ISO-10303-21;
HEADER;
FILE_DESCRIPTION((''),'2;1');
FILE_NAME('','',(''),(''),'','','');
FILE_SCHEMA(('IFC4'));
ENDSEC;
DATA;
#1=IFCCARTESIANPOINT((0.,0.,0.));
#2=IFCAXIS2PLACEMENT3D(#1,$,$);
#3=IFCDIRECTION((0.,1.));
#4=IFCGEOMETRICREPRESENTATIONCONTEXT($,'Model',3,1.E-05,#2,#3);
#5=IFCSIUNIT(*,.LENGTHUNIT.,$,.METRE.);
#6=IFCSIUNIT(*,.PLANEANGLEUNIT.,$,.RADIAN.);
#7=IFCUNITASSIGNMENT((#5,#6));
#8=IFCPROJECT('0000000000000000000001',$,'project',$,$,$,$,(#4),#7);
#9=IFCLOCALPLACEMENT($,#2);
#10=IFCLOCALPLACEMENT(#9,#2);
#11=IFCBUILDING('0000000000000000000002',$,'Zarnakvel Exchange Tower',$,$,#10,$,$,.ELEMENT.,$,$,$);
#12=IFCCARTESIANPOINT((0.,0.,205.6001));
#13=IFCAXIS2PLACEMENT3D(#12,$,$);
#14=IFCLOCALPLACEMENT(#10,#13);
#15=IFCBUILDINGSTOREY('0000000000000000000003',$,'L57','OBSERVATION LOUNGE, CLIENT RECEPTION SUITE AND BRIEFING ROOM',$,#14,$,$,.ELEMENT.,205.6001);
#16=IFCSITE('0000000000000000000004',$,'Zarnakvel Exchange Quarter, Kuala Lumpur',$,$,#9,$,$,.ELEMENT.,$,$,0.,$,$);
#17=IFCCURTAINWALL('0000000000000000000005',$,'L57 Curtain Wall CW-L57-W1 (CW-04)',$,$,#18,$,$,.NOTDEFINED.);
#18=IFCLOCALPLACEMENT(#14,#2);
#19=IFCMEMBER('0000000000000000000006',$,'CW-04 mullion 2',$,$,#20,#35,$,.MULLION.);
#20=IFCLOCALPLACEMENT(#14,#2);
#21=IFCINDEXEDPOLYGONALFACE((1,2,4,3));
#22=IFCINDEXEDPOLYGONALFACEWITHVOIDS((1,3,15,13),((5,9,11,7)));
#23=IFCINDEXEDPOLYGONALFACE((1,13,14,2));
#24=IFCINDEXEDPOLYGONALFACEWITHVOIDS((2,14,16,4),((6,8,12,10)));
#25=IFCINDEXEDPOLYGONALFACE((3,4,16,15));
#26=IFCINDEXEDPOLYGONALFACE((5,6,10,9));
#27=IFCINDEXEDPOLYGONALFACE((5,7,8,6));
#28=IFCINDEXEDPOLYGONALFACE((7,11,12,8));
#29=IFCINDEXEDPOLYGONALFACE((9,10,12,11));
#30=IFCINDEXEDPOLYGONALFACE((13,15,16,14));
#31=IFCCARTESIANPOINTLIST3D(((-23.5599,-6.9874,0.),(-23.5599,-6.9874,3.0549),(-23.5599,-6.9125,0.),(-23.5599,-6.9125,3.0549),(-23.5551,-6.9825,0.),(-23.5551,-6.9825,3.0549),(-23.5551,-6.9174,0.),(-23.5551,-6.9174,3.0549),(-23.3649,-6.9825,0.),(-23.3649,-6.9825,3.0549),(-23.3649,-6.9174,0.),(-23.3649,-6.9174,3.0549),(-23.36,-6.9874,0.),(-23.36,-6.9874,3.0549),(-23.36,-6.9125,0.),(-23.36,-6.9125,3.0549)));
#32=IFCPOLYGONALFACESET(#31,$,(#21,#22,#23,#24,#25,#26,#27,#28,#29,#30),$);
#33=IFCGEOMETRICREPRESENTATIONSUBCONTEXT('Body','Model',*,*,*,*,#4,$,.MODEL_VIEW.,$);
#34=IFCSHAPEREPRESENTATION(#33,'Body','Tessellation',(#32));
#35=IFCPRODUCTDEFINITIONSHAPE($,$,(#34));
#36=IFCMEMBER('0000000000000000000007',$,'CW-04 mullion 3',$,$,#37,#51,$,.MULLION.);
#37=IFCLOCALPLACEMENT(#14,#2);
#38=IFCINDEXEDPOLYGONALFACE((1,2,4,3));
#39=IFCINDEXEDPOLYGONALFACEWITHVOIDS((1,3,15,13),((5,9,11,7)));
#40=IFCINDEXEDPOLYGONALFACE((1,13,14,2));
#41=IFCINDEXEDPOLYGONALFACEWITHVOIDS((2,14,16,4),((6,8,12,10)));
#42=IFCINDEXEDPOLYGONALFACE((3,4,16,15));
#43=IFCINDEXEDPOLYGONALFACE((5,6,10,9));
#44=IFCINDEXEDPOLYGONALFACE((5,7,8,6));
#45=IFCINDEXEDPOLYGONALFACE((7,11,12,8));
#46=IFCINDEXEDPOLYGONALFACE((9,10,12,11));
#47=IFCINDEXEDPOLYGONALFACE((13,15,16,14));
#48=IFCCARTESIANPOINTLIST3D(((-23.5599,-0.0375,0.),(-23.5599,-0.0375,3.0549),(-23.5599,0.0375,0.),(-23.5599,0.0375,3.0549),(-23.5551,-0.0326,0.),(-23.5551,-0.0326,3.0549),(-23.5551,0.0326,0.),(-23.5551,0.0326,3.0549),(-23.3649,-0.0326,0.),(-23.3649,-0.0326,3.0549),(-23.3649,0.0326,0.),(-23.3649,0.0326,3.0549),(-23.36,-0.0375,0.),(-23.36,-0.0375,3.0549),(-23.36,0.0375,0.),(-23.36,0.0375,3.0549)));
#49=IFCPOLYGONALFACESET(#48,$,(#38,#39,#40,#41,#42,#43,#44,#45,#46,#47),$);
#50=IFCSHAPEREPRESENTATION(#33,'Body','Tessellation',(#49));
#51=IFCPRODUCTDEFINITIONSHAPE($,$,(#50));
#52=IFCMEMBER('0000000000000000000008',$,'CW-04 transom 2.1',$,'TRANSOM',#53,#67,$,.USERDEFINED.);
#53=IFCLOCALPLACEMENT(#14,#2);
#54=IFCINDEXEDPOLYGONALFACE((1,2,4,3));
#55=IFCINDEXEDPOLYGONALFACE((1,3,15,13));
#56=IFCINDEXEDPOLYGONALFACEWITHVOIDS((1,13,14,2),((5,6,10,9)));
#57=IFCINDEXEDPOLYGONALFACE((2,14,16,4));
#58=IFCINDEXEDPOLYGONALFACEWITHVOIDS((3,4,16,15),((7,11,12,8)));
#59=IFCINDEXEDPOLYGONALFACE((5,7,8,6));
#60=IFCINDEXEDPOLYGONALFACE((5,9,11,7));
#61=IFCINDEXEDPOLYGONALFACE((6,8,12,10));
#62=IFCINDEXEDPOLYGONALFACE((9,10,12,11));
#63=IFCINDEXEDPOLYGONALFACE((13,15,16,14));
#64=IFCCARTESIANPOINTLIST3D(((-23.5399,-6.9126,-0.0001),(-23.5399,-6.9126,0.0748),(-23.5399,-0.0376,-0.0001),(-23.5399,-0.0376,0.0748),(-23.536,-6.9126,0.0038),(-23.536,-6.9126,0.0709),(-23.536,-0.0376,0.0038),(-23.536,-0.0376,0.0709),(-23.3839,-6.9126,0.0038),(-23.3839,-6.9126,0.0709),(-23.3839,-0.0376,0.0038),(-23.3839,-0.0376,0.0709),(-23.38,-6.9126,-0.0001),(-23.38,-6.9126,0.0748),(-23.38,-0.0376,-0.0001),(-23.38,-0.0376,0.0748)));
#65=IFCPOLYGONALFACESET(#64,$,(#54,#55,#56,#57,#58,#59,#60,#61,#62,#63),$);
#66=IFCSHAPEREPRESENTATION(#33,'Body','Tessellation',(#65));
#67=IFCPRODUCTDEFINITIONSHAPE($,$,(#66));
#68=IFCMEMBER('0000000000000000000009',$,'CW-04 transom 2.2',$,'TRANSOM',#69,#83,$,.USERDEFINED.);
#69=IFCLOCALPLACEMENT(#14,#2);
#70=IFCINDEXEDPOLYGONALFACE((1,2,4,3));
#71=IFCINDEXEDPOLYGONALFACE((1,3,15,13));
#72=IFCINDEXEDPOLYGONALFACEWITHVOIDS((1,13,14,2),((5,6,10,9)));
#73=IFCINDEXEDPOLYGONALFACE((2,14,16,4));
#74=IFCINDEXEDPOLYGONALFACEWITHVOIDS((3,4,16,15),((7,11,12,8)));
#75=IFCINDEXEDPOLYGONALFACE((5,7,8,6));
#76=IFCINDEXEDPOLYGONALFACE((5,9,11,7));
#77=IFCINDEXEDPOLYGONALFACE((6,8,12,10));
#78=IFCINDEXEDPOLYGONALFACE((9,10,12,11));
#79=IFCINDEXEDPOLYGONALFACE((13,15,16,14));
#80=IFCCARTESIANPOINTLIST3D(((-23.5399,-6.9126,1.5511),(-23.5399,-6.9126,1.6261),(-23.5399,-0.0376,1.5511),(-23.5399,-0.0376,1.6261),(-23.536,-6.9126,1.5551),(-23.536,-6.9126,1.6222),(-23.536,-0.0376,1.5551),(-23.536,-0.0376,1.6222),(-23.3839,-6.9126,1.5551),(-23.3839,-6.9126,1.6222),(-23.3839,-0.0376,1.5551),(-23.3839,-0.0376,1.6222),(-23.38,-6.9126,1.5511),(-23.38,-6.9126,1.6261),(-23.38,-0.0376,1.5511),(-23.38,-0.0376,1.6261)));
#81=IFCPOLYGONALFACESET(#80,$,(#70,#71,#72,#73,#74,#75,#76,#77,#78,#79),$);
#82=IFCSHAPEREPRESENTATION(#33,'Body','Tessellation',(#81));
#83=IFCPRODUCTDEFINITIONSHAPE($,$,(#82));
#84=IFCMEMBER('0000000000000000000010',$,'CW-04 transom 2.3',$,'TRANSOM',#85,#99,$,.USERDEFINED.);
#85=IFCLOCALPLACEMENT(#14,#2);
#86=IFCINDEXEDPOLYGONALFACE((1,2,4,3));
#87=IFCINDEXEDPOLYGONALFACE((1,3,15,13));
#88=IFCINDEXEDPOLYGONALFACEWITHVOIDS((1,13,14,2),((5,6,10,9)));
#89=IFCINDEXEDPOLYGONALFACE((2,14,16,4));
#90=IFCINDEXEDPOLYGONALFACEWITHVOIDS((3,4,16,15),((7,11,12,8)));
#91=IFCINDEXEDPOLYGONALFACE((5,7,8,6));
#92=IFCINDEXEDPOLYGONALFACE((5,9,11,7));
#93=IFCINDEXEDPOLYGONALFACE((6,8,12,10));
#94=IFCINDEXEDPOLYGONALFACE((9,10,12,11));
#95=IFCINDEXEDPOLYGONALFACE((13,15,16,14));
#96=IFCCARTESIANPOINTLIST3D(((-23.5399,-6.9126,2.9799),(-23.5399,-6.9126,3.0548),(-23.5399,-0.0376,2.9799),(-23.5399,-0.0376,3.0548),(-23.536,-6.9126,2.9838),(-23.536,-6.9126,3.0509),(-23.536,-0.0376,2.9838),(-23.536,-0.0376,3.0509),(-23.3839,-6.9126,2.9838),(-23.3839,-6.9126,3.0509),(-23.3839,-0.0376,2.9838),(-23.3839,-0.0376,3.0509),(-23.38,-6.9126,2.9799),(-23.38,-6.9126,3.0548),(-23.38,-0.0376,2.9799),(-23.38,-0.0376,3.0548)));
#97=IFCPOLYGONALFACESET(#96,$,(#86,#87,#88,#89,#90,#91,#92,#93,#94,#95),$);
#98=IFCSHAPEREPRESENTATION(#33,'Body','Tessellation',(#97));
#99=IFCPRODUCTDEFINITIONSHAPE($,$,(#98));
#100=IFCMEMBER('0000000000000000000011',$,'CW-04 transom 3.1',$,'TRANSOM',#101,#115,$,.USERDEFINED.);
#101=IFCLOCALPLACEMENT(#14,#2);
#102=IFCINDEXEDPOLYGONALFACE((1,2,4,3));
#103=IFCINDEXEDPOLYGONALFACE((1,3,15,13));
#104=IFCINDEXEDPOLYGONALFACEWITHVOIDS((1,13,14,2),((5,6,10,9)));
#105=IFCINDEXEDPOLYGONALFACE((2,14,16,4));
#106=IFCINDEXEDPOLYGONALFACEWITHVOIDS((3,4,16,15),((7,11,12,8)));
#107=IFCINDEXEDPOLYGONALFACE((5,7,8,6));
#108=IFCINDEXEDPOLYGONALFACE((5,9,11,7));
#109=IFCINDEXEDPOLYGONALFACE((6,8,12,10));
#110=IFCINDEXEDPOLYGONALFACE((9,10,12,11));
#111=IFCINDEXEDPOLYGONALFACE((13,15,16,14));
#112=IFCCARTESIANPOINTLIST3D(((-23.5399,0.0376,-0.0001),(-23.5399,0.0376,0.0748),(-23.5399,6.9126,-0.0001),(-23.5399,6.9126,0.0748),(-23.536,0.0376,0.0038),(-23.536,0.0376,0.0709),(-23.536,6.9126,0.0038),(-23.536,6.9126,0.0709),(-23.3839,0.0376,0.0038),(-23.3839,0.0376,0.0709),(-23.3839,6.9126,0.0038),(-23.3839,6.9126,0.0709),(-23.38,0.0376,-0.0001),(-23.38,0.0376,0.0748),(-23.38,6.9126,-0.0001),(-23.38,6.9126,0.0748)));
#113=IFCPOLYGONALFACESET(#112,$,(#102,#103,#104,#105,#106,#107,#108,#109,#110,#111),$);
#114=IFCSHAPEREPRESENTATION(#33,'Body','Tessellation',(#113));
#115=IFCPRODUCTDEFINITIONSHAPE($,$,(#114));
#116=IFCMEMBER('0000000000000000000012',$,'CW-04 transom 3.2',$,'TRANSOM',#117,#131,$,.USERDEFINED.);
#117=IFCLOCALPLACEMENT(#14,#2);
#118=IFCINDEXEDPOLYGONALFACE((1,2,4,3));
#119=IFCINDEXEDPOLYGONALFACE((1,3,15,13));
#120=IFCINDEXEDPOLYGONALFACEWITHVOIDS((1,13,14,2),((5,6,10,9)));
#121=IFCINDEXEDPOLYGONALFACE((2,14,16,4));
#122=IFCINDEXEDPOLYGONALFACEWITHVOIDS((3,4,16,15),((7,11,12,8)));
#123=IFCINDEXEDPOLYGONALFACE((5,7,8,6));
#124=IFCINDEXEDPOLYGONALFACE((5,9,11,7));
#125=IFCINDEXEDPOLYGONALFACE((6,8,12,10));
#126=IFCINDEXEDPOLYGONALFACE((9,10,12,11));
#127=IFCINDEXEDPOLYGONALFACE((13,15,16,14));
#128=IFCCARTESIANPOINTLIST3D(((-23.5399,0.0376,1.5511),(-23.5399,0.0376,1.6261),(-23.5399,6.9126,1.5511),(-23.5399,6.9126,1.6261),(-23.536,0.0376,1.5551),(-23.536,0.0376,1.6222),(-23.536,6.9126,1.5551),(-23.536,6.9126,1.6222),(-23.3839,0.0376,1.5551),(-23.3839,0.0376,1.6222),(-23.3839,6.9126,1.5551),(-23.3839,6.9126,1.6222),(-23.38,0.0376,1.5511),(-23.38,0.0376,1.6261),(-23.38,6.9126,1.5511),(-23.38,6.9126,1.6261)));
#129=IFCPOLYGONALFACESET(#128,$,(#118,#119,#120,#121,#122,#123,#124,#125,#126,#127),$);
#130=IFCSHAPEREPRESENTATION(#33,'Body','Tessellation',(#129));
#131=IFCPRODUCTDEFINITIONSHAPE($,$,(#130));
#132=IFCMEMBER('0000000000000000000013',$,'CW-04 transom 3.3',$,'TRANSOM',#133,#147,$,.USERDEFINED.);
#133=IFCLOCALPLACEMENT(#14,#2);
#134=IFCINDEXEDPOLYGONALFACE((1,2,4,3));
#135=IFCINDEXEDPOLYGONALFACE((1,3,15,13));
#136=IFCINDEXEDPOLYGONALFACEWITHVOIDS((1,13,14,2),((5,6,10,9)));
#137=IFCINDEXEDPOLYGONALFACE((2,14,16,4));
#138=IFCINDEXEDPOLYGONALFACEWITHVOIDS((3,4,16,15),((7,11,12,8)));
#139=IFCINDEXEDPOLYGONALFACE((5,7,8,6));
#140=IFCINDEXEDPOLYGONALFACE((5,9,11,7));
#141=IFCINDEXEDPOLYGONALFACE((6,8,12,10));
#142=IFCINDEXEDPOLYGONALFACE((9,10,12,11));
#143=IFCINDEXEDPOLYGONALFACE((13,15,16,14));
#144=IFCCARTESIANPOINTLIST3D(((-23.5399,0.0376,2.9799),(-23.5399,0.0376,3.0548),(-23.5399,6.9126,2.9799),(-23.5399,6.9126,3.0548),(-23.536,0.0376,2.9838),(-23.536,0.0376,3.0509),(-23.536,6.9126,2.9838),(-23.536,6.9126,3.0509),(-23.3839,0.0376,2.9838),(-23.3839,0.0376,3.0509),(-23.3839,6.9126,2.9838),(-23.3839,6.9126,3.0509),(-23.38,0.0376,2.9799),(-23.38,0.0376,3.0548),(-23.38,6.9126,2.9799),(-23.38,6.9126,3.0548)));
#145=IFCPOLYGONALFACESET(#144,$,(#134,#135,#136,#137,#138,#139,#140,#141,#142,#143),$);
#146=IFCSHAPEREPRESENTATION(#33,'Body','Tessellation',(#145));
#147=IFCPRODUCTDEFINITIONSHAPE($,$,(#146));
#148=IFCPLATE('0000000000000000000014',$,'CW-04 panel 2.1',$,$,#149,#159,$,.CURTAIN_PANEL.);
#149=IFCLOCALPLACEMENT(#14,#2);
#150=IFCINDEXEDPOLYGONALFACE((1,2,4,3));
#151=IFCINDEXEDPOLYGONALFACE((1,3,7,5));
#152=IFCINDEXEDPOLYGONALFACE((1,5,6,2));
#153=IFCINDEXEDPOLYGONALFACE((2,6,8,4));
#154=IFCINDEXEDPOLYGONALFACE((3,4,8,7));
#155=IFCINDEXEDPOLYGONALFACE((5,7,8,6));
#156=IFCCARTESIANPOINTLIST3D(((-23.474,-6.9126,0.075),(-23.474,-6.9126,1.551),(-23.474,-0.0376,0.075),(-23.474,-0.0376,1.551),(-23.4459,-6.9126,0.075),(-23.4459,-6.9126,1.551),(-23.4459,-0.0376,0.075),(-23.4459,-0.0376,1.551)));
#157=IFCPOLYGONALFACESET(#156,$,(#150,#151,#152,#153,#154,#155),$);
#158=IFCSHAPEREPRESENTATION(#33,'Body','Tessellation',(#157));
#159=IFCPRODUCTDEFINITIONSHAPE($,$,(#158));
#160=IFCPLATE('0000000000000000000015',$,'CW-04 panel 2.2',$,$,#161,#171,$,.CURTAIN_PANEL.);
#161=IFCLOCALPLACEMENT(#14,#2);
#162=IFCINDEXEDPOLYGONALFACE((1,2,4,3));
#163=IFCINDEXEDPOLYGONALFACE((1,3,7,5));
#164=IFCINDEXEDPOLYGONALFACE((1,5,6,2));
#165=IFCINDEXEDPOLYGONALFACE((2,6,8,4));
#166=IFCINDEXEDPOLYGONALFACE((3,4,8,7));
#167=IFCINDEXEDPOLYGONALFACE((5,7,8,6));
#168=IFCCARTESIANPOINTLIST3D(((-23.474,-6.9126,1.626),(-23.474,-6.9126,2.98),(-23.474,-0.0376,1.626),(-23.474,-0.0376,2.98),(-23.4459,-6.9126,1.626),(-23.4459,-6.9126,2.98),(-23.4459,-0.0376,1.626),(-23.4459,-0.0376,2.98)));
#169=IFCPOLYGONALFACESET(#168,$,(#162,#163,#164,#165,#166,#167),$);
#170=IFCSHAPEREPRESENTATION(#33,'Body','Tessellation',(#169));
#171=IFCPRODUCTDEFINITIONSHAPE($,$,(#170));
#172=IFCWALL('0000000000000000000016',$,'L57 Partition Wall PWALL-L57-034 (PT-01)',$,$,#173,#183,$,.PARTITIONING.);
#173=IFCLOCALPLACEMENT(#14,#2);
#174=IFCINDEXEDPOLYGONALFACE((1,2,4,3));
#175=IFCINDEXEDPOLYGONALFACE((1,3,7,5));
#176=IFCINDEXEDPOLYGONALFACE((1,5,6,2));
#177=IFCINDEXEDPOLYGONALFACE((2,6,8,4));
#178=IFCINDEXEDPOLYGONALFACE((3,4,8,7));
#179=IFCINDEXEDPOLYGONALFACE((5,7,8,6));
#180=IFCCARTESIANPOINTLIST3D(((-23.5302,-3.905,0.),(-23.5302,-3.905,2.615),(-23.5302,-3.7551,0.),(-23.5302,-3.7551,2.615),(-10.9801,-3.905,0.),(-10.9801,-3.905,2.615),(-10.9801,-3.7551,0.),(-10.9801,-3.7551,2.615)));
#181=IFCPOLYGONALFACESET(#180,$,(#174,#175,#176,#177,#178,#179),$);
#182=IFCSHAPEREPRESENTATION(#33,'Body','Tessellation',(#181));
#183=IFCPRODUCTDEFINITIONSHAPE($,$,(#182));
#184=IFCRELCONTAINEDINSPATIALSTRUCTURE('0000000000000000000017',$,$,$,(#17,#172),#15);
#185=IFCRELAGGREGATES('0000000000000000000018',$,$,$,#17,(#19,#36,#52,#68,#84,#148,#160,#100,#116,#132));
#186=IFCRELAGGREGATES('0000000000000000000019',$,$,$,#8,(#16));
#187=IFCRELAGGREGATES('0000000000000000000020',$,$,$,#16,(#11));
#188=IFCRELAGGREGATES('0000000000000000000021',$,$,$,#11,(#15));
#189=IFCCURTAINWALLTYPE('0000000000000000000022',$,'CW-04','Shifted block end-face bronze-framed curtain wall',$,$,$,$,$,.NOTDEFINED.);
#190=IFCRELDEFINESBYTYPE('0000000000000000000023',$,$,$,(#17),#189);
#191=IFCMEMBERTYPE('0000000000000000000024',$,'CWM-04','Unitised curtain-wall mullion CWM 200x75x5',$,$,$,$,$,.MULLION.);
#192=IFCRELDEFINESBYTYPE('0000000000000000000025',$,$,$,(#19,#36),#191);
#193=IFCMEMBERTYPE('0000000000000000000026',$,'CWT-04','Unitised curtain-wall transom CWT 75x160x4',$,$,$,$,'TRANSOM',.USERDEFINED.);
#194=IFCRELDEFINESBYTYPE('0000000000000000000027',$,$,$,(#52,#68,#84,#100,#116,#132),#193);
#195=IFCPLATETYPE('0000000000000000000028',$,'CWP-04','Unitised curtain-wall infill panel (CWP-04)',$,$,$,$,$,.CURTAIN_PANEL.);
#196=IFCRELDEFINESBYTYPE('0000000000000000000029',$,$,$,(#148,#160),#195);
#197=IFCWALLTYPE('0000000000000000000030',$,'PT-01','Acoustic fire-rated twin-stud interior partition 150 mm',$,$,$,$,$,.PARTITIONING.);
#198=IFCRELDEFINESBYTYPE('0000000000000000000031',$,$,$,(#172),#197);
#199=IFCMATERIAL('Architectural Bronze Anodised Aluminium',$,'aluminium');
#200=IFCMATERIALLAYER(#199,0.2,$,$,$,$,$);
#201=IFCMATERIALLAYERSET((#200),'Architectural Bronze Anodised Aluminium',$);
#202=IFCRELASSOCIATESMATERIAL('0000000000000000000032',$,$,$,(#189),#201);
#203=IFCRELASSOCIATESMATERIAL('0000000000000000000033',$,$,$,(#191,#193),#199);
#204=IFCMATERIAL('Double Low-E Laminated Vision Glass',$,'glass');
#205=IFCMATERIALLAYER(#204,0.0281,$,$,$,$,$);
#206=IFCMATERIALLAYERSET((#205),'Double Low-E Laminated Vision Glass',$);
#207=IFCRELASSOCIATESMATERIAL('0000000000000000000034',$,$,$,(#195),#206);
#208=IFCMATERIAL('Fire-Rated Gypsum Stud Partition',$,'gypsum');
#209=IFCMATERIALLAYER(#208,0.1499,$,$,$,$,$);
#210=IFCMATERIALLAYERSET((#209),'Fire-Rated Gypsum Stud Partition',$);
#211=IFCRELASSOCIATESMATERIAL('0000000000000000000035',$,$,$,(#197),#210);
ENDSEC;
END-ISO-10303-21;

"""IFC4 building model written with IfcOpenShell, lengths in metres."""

from ifc_helpers import new_model, si_unit, direction, frame, frame_2d, origin, origin_2d, place, context, subcontext, project, spatial, rectangle, hollow_rectangle, extrude, source, transform, mapped, material, layer, layer_set, material_profile, profile_set, type_object, element, aggregate, save


model = new_model("IFC4")

# Units and contexts
model_context = context("Model", 3, precision=1e-05, world=origin(), true_north=direction((0.0, 1.0)))
body_context = subcontext(model_context, "Body", "Model", "MODEL_VIEW")
ifc_project = project(units=[si_unit("LENGTHUNIT", "METRE"), si_unit("PLANEANGLEUNIT", "RADIAN")], contexts=[model_context])

# Site, building, storey
site_placement = place(None, origin())
site = spatial("IfcSite", under=ifc_project, at=site_placement, Name="Zarnakvel Exchange Quarter, Kuala Lumpur", CompositionType="ELEMENT", RefElevation=0.0)
building_placement = place(site_placement, origin())
building = spatial("IfcBuilding", under=site, at=building_placement, Name="Zarnakvel Exchange Tower", CompositionType="ELEMENT")
storey_placement = place(building_placement, frame((0.0, 0.0, 205.6001)))
storey = spatial("IfcBuildingStorey", under=building, at=storey_placement, Name="L57", Description="OBSERVATION LOUNGE, CLIENT RECEPTION SUITE AND BRIEFING ROOM", CompositionType="ELEMENT", Elevation=205.6001)

# Curtain wall, members, plates
ifc_material_1 = material(Name="Architectural Bronze Anodised Aluminium", Category="aluminium")
ifc_layer_1 = layer(ifc_material_1, 0.2)
ifc_layer_set_1 = layer_set([ifc_layer_1], Name="Architectural Bronze Anodised Aluminium")
curtain_wall_type = type_object("IfcCurtainWallType", Name="CW-04", Description="Shifted block end-face bronze-framed curtain wall", PredefinedType="NOTDEFINED", material=ifc_layer_set_1)
curtain_wall_placement = place(storey_placement, origin())
curtain_wall = element("IfcCurtainWall", 1, at=curtain_wall_placement, inside=storey, type_object=curtain_wall_type, Name="L57 Curtain Wall CW-L57-W1 (CW-04)", PredefinedType="NOTDEFINED")
ifc_material_profile_1 = material_profile(ifc_material_1, hollow_rectangle(XDim=0.2, YDim=0.075, WallThickness=0.0049, at=origin_2d()))
ifc_profile_set_1 = profile_set([ifc_material_profile_1], Name="Architectural Bronze Anodised Aluminium")
member_type_1 = type_object("IfcMemberType", Name="CWM-04", Description="Unitised curtain-wall mullion CWM 200x75x5", PredefinedType="MULLION", material=ifc_profile_set_1)
shared_shape_1 = source(origin(), body_context, "Body", "SweptSolid", [
    extrude(hollow_rectangle(XDim=0.2, YDim=0.075, WallThickness=0.0049, at=origin_2d()), origin(), (0.0, 0.0, 1.0), 3.0549),
])
member_1_placement = place(storey_placement, frame((-23.46, -6.95, 0.0), z_axis=(0.0, 0.0, 1.0), x_axis=(-1.0, 0.0, 0.0)))
member_1 = element("IfcMember", 2, at=member_1_placement, type_object=member_type_1, Name="CW-04 mullion 2", PredefinedType="MULLION", context=body_context, shape_type="MappedRepresentation", body=[
    mapped(shared_shape_1, transform((0.0, 0.0, 0.0), x_axis=(1.0, 0.0, 0.0), y_axis=(0.0, 1.0, 0.0), z_axis=(0.0, 0.0, 1.0), scale=1.0)),
])
member_2_placement = place(storey_placement, frame((-23.46, 0.0, 0.0), z_axis=(0.0, 0.0, 1.0), x_axis=(-1.0, 0.0, 0.0)))
member_2 = element("IfcMember", 3, at=member_2_placement, type_object=member_type_1, Name="CW-04 mullion 3", PredefinedType="MULLION", context=body_context, shape_type="MappedRepresentation", body=[
    mapped(shared_shape_1, transform((0.0, 0.0, 0.0), x_axis=(1.0, 0.0, 0.0), y_axis=(0.0, 1.0, 0.0), z_axis=(0.0, 0.0, 1.0), scale=1.0)),
])
ifc_material_profile_2 = material_profile(ifc_material_1, hollow_rectangle(XDim=0.1599, YDim=0.075, WallThickness=0.0039, at=origin_2d()))
ifc_profile_set_2 = profile_set([ifc_material_profile_2], Name="Architectural Bronze Anodised Aluminium")
member_type_2 = type_object("IfcMemberType", Name="CWT-04", Description="Unitised curtain-wall transom CWT 75x160x4", ElementType="TRANSOM", PredefinedType="USERDEFINED", material=ifc_profile_set_2)
shared_shape_2 = source(origin(), body_context, "Body", "SweptSolid", [
    extrude(hollow_rectangle(XDim=0.1599, YDim=0.075, WallThickness=0.0039, at=origin_2d()), origin(), (0.0, 0.0, 1.0), 6.875),
])
member_3_placement = place(storey_placement, frame((-23.46, -6.9126, 0.0374), z_axis=(0.0, 1.0, 0.0), x_axis=(-1.0, 0.0, 0.0)))
member_3 = element("IfcMember", 4, at=member_3_placement, type_object=member_type_2, Name="CW-04 transom 2.1", ObjectType="TRANSOM", PredefinedType="USERDEFINED", context=body_context, shape_type="MappedRepresentation", body=[
    mapped(shared_shape_2, transform((0.0, 0.0, 0.0), x_axis=(1.0, 0.0, 0.0), y_axis=(0.0, 1.0, 0.0), z_axis=(0.0, 0.0, 1.0), scale=1.0)),
])
member_4_placement = place(storey_placement, frame((-23.46, -6.9126, 1.5886), z_axis=(0.0, 1.0, 0.0), x_axis=(-1.0, 0.0, 0.0)))
member_4 = element("IfcMember", 5, at=member_4_placement, type_object=member_type_2, Name="CW-04 transom 2.2", ObjectType="TRANSOM", PredefinedType="USERDEFINED", context=body_context, shape_type="MappedRepresentation", body=[
    mapped(shared_shape_2, transform((0.0, 0.0, 0.0), x_axis=(1.0, 0.0, 0.0), y_axis=(0.0, 1.0, 0.0), z_axis=(0.0, 0.0, 1.0), scale=1.0)),
])
member_5_placement = place(storey_placement, frame((-23.46, -6.9126, 3.0173), z_axis=(0.0, 1.0, 0.0), x_axis=(-1.0, 0.0, 0.0)))
member_5 = element("IfcMember", 6, at=member_5_placement, type_object=member_type_2, Name="CW-04 transom 2.3", ObjectType="TRANSOM", PredefinedType="USERDEFINED", context=body_context, shape_type="MappedRepresentation", body=[
    mapped(shared_shape_2, transform((0.0, 0.0, 0.0), x_axis=(1.0, 0.0, 0.0), y_axis=(0.0, 1.0, 0.0), z_axis=(0.0, 0.0, 1.0), scale=1.0)),
])
member_6_placement = place(storey_placement, frame((-23.46, 0.0376, 0.0374), z_axis=(0.0, 1.0, 0.0), x_axis=(-1.0, 0.0, 0.0)))
member_6 = element("IfcMember", 7, at=member_6_placement, type_object=member_type_2, Name="CW-04 transom 3.1", ObjectType="TRANSOM", PredefinedType="USERDEFINED", context=body_context, shape_type="MappedRepresentation", body=[
    mapped(shared_shape_2, transform((0.0, 0.0, 0.0), x_axis=(1.0, 0.0, 0.0), y_axis=(0.0, 1.0, 0.0), z_axis=(0.0, 0.0, 1.0), scale=1.0)),
])
member_7_placement = place(storey_placement, frame((-23.46, 0.0376, 1.5886), z_axis=(0.0, 1.0, 0.0), x_axis=(-1.0, 0.0, 0.0)))
member_7 = element("IfcMember", 8, at=member_7_placement, type_object=member_type_2, Name="CW-04 transom 3.2", ObjectType="TRANSOM", PredefinedType="USERDEFINED", context=body_context, shape_type="MappedRepresentation", body=[
    mapped(shared_shape_2, transform((0.0, 0.0, 0.0), x_axis=(1.0, 0.0, 0.0), y_axis=(0.0, 1.0, 0.0), z_axis=(0.0, 0.0, 1.0), scale=1.0)),
])
member_8_placement = place(storey_placement, frame((-23.46, 0.0376, 3.0173), z_axis=(0.0, 1.0, 0.0), x_axis=(-1.0, 0.0, 0.0)))
member_8 = element("IfcMember", 9, at=member_8_placement, type_object=member_type_2, Name="CW-04 transom 3.3", ObjectType="TRANSOM", PredefinedType="USERDEFINED", context=body_context, shape_type="MappedRepresentation", body=[
    mapped(shared_shape_2, transform((0.0, 0.0, 0.0), x_axis=(1.0, 0.0, 0.0), y_axis=(0.0, 1.0, 0.0), z_axis=(0.0, 0.0, 1.0), scale=1.0)),
])
ifc_material_2 = material(Name="Double Low-E Laminated Vision Glass", Category="glass")
ifc_layer_2 = layer(ifc_material_2, 0.0281)
ifc_layer_set_2 = layer_set([ifc_layer_2], Name="Double Low-E Laminated Vision Glass")
plate_type = type_object("IfcPlateType", Name="CWP-04", Description="Unitised curtain-wall infill panel (CWP-04)", PredefinedType="CURTAIN_PANEL", material=ifc_layer_set_2)
shared_shape_3 = source(origin(), body_context, "Body", "SweptSolid", [
    extrude(rectangle(XDim=6.875, YDim=0.0281, at=origin_2d()), origin(), (0.0, 0.0, 1.0), 1.4761),
])
plate_1_placement = place(storey_placement, frame((-23.46, -3.4751, 0.075), z_axis=(0.0, 0.0, 1.0), x_axis=(0.0, 1.0, 0.0)))
plate_1 = element("IfcPlate", 10, at=plate_1_placement, type_object=plate_type, Name="CW-04 panel 2.1", PredefinedType="CURTAIN_PANEL", context=body_context, shape_type="MappedRepresentation", body=[
    mapped(shared_shape_3, transform((0.0, 0.0, 0.0), x_axis=(1.0, 0.0, 0.0), y_axis=(0.0, 1.0, 0.0), z_axis=(0.0, 0.0, 1.0), scale=1.0)),
])
shared_shape_4 = source(origin(), body_context, "Body", "SweptSolid", [
    extrude(rectangle(XDim=6.875, YDim=0.0281, at=origin_2d()), origin(), (0.0, 0.0, 1.0), 1.354),
])
plate_2_placement = place(storey_placement, frame((-23.46, -3.4751, 1.626), z_axis=(0.0, 0.0, 1.0), x_axis=(0.0, 1.0, 0.0)))
plate_2 = element("IfcPlate", 11, at=plate_2_placement, type_object=plate_type, Name="CW-04 panel 2.2", PredefinedType="CURTAIN_PANEL", context=body_context, shape_type="MappedRepresentation", body=[
    mapped(shared_shape_4, transform((0.0, 0.0, 0.0), x_axis=(1.0, 0.0, 0.0), y_axis=(0.0, 1.0, 0.0), z_axis=(0.0, 0.0, 1.0), scale=1.0)),
])
aggregate(curtain_wall, [member_1, member_2, member_3, member_4, member_5, plate_1, plate_2, member_6, member_7, member_8])

# Wall
ifc_material_3 = material(Name="Fire-Rated Gypsum Stud Partition", Category="gypsum")
ifc_layer_3 = layer(ifc_material_3, 0.1499)
ifc_layer_set_3 = layer_set([ifc_layer_3], Name="Fire-Rated Gypsum Stud Partition")
wall_type = type_object("IfcWallType", Name="PT-01", Description="Acoustic fire-rated twin-stud interior partition 150 mm", PredefinedType="PARTITIONING", material=ifc_layer_set_3)
wall_1_placement = place(storey_placement, frame((-23.53, -3.8301, 0.0), z_axis=(0.0, 0.0, 1.0), x_axis=(1.0, 0.0, 0.0)))
element("IfcWall", 12, at=wall_1_placement, inside=storey, type_object=wall_type, Name="L57 Partition Wall PWALL-L57-034 (PT-01)", PredefinedType="PARTITIONING", context=body_context, shape_type="SweptSolid", body=[
    extrude(rectangle(XDim=12.55, YDim=0.1499, at=frame_2d((6.2749, 0.0))), origin(), (0.0, 0.0, 1.0), 2.615),
])

save(model, "model.ifc")
